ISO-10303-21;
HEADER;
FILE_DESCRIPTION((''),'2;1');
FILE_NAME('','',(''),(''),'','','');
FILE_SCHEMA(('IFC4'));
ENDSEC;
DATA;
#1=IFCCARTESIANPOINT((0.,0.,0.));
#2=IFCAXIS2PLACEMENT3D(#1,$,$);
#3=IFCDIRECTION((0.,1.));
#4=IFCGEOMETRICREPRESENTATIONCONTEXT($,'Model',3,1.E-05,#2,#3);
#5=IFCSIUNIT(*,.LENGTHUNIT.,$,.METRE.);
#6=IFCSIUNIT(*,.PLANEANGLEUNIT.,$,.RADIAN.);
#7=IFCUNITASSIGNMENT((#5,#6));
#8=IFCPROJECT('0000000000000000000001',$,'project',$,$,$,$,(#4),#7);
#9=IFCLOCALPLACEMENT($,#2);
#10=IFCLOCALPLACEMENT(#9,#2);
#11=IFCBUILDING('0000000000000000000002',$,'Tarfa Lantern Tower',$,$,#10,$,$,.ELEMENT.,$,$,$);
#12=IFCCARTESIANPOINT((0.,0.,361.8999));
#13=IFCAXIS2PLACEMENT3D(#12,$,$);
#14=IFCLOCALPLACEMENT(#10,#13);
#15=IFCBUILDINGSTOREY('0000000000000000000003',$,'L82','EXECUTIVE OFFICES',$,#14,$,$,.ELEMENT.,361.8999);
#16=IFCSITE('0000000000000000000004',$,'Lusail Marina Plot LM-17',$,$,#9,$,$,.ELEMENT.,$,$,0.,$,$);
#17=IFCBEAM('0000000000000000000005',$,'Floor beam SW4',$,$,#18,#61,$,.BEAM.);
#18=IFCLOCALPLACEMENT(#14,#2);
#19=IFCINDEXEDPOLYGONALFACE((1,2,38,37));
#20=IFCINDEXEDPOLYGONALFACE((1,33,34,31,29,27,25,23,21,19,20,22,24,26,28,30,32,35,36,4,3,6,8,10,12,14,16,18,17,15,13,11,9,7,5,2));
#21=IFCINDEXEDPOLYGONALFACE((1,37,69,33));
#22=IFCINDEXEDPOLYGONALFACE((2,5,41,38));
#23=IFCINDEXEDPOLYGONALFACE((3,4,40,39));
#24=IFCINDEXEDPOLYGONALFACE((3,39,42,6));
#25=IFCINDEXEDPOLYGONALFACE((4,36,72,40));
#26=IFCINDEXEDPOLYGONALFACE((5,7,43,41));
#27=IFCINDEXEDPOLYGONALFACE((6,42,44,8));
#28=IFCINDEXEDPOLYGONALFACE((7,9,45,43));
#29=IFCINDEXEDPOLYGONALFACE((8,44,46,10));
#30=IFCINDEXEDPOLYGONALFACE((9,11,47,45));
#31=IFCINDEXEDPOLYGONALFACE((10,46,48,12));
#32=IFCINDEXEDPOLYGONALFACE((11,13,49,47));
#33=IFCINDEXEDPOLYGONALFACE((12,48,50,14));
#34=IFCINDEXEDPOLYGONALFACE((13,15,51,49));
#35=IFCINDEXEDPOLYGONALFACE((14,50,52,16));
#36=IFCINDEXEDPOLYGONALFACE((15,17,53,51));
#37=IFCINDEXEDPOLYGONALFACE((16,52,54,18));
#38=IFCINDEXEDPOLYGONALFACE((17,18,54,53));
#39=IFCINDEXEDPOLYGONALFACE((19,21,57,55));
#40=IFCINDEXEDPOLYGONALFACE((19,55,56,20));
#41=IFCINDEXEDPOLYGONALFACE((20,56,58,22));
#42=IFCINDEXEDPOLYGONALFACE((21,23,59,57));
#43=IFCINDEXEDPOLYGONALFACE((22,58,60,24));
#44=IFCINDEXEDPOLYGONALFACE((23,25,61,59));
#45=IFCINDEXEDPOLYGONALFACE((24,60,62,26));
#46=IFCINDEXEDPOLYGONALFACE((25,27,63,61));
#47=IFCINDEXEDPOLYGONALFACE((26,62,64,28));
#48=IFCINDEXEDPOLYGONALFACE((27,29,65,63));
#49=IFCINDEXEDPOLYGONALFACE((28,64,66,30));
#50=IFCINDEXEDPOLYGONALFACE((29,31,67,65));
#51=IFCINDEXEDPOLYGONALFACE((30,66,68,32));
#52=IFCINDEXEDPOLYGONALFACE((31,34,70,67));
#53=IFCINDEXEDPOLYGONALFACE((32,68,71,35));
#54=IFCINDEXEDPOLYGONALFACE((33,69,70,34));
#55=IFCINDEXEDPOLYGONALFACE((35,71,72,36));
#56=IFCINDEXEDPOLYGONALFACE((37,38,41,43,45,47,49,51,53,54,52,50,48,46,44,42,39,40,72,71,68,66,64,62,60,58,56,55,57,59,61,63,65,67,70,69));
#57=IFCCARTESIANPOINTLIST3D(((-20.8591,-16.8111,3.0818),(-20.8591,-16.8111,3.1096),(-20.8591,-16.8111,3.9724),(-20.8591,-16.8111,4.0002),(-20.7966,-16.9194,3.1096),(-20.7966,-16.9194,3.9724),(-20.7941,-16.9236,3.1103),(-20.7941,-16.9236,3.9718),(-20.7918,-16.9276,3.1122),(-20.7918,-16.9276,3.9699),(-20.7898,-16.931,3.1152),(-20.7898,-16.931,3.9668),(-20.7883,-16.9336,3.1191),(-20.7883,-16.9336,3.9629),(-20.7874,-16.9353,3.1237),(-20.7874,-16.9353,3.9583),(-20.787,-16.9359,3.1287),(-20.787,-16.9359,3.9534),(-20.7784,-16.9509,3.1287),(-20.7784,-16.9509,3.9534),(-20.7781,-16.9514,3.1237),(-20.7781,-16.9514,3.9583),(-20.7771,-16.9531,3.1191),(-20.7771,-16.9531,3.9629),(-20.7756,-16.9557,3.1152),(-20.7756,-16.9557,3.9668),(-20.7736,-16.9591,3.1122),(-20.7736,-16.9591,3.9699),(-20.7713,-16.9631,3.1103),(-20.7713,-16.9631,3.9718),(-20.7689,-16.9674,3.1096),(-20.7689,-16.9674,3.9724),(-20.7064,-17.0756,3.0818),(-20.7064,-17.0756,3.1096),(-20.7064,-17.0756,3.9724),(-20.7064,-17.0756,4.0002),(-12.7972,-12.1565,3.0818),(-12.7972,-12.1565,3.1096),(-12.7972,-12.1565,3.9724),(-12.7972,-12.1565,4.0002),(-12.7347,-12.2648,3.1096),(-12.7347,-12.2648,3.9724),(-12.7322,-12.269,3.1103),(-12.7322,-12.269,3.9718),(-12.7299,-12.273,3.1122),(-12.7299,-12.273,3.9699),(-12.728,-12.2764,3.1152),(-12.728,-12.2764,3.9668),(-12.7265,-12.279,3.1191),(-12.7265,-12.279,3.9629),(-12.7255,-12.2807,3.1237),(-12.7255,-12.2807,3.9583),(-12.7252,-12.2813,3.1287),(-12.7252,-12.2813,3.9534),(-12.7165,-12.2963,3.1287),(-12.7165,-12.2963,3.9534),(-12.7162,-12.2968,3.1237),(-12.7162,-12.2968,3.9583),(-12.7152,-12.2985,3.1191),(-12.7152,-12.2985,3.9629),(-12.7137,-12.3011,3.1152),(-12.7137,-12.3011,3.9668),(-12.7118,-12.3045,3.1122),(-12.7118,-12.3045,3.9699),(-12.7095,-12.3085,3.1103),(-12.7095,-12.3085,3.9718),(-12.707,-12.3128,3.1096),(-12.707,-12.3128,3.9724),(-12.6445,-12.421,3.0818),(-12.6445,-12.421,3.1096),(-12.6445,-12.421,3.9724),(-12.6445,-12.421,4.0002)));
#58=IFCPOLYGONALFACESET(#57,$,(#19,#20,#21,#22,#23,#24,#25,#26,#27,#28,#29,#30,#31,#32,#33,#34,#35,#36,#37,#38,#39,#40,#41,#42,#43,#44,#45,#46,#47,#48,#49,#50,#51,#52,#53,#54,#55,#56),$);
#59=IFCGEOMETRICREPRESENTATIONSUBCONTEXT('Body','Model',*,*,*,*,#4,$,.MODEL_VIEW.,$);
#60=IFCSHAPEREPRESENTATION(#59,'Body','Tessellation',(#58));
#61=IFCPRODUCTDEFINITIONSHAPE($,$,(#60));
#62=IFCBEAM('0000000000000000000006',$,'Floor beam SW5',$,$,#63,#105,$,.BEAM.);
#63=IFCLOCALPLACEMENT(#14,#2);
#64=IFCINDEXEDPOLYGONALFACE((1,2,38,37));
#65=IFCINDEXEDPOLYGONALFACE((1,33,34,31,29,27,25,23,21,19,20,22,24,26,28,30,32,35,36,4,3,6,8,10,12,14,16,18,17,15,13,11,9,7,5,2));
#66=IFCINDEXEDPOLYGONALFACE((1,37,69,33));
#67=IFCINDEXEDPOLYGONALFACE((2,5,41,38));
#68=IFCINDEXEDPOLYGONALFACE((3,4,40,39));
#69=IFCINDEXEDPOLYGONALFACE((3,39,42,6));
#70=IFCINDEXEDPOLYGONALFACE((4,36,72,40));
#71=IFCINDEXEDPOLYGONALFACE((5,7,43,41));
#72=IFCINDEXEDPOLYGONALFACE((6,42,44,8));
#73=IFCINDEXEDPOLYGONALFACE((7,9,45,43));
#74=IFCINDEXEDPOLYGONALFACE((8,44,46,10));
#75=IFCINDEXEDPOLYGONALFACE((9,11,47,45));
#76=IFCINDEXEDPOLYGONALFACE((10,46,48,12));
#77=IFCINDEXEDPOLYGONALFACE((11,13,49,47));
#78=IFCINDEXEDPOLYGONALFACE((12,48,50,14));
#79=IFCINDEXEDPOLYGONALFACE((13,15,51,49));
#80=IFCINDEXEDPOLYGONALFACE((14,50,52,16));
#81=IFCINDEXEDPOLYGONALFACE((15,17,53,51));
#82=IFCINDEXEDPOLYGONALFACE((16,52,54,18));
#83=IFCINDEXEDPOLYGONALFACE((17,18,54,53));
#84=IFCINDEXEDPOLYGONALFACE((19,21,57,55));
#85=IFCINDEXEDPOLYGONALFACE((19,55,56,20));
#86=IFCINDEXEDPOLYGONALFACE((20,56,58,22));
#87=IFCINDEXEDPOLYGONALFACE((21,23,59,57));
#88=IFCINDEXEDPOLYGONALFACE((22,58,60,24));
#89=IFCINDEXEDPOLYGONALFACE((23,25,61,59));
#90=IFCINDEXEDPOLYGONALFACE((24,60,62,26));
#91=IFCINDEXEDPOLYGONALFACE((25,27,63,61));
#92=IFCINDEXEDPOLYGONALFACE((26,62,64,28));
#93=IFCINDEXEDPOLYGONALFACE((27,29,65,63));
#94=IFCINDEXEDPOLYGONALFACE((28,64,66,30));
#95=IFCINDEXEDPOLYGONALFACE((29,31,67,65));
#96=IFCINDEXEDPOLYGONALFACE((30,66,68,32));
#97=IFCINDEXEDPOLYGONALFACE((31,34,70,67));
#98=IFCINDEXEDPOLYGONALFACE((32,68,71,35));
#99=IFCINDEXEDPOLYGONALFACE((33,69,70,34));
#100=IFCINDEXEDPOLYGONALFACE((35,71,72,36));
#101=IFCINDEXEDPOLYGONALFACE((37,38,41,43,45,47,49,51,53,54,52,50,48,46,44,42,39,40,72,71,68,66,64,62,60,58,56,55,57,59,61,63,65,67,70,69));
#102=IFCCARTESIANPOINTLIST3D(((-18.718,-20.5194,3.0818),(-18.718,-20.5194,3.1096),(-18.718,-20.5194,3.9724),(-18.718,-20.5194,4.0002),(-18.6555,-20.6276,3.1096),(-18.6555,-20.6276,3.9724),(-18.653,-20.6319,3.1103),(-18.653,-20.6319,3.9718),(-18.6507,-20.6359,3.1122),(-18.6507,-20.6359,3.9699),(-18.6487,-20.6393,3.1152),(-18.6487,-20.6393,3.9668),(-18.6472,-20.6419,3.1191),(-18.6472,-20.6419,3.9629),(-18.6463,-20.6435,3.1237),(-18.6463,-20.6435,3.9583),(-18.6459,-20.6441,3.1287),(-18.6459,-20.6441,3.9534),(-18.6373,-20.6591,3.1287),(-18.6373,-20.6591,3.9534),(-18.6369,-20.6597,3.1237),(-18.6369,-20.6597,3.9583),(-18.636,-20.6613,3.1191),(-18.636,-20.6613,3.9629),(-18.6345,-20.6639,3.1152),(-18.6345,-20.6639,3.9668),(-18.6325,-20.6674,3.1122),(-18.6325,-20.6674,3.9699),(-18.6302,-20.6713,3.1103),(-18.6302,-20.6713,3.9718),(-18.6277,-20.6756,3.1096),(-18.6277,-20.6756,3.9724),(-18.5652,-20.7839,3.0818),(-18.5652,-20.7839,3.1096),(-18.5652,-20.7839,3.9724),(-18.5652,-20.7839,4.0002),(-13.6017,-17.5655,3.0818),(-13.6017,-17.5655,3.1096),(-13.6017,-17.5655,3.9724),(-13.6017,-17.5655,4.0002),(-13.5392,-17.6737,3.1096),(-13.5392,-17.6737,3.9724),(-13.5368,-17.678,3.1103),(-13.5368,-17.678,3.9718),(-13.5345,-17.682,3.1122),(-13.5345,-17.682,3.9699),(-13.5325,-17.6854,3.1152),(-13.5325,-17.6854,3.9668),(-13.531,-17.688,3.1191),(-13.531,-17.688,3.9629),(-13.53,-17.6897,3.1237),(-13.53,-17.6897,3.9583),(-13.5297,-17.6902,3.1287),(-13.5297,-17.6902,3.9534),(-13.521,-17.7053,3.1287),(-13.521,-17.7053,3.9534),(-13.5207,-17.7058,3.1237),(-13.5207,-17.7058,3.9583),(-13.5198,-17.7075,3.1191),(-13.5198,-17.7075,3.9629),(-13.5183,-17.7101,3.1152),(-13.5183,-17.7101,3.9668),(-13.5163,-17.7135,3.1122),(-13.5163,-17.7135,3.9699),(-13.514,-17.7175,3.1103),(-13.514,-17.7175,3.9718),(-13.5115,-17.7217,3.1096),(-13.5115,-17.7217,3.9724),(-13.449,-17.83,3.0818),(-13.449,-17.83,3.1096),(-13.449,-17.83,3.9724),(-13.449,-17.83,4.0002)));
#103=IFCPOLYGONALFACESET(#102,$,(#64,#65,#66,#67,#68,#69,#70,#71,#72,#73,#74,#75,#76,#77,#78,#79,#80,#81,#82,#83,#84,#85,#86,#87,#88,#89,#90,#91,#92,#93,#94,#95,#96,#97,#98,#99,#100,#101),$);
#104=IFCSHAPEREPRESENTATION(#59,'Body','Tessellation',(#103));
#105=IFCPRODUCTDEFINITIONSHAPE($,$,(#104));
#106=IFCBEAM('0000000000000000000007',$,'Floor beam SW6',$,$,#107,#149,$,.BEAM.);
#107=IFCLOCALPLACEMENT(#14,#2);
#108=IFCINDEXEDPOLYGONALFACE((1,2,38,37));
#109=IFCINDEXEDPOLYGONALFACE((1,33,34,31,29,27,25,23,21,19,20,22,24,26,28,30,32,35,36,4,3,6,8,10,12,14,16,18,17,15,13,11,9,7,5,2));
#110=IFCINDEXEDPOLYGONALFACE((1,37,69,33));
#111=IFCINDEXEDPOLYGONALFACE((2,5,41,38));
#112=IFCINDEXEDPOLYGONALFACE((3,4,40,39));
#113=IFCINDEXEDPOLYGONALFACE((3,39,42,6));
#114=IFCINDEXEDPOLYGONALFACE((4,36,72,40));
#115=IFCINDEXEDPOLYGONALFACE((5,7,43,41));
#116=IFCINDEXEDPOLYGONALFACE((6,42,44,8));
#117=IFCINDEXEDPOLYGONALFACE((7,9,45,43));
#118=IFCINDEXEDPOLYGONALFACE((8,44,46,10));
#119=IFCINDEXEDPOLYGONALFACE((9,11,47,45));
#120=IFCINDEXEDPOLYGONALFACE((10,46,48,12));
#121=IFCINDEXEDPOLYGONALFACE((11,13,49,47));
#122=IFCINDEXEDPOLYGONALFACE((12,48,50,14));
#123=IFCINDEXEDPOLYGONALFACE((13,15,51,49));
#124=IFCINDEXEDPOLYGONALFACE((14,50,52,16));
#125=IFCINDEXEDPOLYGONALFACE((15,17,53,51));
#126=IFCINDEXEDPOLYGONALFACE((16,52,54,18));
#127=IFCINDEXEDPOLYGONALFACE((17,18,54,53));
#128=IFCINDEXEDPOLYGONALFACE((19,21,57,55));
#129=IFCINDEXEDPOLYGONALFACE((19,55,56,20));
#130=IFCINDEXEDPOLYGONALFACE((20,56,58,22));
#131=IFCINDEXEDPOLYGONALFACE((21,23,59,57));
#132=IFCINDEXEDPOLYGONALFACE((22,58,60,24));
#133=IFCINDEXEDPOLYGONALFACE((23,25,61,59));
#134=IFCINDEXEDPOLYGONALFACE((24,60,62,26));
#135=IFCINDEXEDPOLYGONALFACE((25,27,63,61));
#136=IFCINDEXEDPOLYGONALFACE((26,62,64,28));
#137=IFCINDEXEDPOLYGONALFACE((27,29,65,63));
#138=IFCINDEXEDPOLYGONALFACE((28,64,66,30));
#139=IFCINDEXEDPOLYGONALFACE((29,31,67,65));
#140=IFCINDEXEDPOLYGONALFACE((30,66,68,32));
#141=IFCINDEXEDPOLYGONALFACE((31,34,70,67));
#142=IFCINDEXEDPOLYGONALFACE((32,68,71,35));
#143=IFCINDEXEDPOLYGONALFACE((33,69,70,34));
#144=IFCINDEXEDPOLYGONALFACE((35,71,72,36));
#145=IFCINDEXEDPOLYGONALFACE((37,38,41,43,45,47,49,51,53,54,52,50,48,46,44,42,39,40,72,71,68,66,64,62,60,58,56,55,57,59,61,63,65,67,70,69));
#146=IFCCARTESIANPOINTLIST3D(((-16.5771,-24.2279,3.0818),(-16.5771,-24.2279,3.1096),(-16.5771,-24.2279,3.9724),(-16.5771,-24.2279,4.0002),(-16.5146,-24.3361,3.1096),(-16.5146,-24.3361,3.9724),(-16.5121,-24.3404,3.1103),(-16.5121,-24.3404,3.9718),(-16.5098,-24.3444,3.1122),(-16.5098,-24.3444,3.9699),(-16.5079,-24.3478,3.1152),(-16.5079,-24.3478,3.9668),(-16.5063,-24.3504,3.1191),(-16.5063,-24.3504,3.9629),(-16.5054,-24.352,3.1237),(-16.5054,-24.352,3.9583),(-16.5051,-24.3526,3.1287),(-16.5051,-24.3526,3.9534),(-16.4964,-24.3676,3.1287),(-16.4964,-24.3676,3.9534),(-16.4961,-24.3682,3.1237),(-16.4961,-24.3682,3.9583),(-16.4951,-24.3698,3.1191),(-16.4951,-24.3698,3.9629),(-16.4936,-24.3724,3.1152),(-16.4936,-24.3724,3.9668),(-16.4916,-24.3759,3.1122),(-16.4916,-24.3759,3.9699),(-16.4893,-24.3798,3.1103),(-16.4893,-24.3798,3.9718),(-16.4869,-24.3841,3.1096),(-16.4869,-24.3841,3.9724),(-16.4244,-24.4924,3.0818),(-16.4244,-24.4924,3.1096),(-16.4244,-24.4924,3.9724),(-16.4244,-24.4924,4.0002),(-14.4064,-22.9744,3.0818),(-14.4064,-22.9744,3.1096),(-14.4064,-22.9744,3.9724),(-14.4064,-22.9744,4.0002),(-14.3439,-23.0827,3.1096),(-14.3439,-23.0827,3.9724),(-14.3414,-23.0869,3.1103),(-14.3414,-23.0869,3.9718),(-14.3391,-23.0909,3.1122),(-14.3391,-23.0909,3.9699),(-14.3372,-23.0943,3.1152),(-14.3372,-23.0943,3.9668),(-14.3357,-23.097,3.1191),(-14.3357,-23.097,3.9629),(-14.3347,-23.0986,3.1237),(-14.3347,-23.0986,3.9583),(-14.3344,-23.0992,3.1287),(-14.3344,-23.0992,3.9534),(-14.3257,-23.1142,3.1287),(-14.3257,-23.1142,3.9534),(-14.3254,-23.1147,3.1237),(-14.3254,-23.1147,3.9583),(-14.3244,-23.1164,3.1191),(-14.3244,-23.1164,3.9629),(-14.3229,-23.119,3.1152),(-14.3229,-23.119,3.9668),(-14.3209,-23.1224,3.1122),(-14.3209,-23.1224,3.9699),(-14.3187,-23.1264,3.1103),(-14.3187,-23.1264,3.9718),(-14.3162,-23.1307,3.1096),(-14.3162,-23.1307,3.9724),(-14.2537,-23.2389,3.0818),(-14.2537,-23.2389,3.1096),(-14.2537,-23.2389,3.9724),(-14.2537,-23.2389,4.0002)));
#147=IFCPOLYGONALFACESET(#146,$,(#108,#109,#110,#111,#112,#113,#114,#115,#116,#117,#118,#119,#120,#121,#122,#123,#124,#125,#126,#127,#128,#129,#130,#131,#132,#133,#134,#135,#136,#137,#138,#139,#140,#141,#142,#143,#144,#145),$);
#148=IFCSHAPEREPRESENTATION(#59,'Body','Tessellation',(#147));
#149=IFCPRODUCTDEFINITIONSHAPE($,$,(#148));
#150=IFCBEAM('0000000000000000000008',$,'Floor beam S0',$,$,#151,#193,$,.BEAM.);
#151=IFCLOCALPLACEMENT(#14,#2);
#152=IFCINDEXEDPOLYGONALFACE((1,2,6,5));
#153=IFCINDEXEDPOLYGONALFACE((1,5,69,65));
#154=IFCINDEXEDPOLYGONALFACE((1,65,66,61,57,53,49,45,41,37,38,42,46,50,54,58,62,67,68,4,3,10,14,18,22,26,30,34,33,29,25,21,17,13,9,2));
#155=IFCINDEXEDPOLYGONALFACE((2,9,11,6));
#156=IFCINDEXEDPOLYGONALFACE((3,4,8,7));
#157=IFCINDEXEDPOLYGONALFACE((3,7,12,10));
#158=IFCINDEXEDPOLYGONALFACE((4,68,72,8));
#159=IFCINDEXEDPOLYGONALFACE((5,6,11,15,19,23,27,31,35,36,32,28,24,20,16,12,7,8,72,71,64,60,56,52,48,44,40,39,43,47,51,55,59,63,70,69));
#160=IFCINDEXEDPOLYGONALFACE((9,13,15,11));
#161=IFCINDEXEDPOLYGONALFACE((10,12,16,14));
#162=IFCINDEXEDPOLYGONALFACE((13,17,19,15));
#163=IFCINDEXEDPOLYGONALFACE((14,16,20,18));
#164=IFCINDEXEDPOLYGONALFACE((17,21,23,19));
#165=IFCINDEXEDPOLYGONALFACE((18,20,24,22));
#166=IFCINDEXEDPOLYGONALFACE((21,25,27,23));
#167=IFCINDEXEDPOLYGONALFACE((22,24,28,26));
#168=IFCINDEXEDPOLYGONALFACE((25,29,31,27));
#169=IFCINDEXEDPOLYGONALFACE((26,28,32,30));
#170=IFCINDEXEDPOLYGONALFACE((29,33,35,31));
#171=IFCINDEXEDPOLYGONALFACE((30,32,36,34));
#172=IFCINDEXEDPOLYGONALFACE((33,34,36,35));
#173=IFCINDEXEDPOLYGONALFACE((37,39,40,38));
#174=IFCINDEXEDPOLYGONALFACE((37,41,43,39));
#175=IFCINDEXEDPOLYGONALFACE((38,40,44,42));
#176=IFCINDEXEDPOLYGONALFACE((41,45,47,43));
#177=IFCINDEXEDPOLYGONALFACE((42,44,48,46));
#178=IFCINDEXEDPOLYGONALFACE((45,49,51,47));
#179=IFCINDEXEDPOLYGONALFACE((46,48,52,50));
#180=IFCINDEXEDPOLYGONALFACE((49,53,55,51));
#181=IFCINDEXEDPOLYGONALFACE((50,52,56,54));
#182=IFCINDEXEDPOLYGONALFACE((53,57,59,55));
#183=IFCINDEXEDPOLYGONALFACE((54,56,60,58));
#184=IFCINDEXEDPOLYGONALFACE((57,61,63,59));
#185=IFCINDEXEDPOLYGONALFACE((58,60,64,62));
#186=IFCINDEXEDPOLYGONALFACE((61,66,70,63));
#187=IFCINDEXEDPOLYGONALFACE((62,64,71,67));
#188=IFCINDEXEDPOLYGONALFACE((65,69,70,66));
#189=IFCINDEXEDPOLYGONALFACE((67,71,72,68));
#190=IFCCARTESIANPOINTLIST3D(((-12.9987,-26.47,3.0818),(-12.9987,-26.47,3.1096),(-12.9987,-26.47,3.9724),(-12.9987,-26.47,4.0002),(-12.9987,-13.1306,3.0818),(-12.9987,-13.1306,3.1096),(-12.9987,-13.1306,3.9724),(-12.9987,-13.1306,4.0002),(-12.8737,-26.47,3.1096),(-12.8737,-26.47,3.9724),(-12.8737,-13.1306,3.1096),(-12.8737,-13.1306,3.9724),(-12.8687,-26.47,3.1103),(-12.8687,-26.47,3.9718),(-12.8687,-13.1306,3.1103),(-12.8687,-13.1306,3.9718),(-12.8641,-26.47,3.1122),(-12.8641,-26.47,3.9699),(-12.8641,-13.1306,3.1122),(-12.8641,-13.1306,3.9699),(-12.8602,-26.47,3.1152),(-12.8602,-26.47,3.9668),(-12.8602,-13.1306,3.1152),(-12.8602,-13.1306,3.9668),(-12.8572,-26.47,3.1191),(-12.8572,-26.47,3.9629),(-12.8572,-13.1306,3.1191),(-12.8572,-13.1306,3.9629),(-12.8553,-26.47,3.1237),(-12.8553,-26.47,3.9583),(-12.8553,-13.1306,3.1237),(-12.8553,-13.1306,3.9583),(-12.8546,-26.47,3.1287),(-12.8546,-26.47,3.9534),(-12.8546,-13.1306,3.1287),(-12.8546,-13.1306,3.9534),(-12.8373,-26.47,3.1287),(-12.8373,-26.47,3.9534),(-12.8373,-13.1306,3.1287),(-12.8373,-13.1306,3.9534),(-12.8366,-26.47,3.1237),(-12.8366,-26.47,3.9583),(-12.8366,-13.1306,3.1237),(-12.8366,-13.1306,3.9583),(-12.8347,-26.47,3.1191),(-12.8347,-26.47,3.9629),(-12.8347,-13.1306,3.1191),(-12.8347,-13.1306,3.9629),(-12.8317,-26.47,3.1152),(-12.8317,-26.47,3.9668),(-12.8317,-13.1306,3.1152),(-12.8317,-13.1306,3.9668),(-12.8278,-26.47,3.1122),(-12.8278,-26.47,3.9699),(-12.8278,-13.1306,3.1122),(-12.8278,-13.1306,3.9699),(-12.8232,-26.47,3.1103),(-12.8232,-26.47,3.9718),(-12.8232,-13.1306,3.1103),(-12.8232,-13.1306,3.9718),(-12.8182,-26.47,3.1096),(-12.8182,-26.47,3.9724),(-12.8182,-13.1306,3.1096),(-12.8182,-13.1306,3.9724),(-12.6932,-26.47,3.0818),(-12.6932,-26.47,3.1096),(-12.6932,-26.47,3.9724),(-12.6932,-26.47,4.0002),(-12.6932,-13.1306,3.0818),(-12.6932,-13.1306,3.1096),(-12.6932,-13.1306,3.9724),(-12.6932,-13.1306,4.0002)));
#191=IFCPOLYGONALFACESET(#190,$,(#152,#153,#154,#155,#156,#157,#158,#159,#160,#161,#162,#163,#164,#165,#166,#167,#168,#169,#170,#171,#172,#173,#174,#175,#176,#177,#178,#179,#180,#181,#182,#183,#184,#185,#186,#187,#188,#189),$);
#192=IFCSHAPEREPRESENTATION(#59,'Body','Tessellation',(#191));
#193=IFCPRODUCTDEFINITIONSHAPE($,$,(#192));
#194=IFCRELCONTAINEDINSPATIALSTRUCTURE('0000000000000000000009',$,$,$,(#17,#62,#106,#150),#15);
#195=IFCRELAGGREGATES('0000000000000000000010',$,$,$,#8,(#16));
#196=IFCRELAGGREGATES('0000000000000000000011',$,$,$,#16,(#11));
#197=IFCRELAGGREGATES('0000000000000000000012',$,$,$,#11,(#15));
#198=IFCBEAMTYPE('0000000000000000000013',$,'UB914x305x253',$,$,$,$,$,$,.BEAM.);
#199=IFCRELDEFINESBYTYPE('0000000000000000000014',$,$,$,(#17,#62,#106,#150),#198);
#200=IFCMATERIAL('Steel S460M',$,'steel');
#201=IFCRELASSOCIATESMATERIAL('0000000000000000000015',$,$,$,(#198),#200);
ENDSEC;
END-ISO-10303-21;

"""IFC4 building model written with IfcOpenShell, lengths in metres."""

from ifc_helpers import new_model, si_unit, direction, frame, origin, origin_2d, place, context, subcontext, project, spatial, i_section, extrude, material, material_profile, profile_set, type_object, element, save


model = new_model("IFC4")

# Units and contexts
model_context = context("Model", 3, precision=1e-05, world=origin(), true_north=direction((0.0, 1.0)))
body_context = subcontext(model_context, "Body", "Model", "MODEL_VIEW")
ifc_project = project(units=[si_unit("LENGTHUNIT", "METRE"), si_unit("PLANEANGLEUNIT", "RADIAN")], contexts=[model_context])

# Site, building, storey
site_placement = place(None, origin())
site = spatial("IfcSite", under=ifc_project, at=site_placement, Name="Lusail Marina Plot LM-17", CompositionType="ELEMENT", RefElevation=0.0)
building_placement = place(site_placement, origin())
building = spatial("IfcBuilding", under=site, at=building_placement, Name="Tarfa Lantern Tower", CompositionType="ELEMENT")
storey_placement = place(building_placement, frame((0.0, 0.0, 361.8999)))
storey = spatial("IfcBuildingStorey", under=building, at=storey_placement, Name="L82", Description="EXECUTIVE OFFICES", CompositionType="ELEMENT", Elevation=361.8999)

# Beams
ifc_material_1 = material(Name="Steel S460M", Category="steel")
ifc_material_profile_1 = material_profile(ifc_material_1, i_section(OverallWidth=0.3054, OverallDepth=0.9185, WebThickness=0.0173, FlangeThickness=0.0278, FilletRadius=0.019, at=origin_2d()), Name="UB914x305x253")
ifc_profile_set_1 = profile_set([ifc_material_profile_1], Name="Steel S460M")
beam_type_1 = type_object("IfcBeamType", Name="UB914x305x253", PredefinedType="BEAM", material=ifc_profile_set_1)
beam_1_placement = place(storey_placement, frame((-20.7827, -16.9434, 3.541), z_axis=(0.866022, 0.500006, 0.0), x_axis=(-0.500006, 0.866022, 0.0)))
element("IfcBeam", 1, at=beam_1_placement, inside=storey, type_object=beam_type_1, Name="Floor beam SW4", PredefinedType="BEAM", context=body_context, shape_type="SweptSolid", body=[
    extrude(i_section(OverallWidth=0.3054, OverallDepth=0.9185, WebThickness=0.0173, FlangeThickness=0.0278, FilletRadius=0.019, at=origin_2d()), origin(), (0.0, 0.0, 1.0), 9.3091),
])
beam_2_placement = place(storey_placement, frame((-18.6416, -20.6516, 3.541), z_axis=(0.866025, 0.500001, 0.0), x_axis=(-0.500001, 0.866025, 0.0)))
element("IfcBeam", 2, at=beam_2_placement, inside=storey, type_object=beam_type_1, Name="Floor beam SW5", PredefinedType="BEAM", context=body_context, shape_type="SweptSolid", body=[
    extrude(i_section(OverallWidth=0.3054, OverallDepth=0.9185, WebThickness=0.0173, FlangeThickness=0.0278, FilletRadius=0.019, at=origin_2d()), origin(), (0.0, 0.0, 1.0), 5.9077),
])
beam_3_placement = place(storey_placement, frame((-16.5007, -24.3601, 3.541), z_axis=(0.865993, 0.500057, 0.0), x_axis=(-0.500057, 0.865993, 0.0)))
element("IfcBeam", 3, at=beam_3_placement, inside=storey, type_object=beam_type_1, Name="Floor beam SW6", PredefinedType="BEAM", context=body_context, shape_type="SweptSolid", body=[
    extrude(i_section(OverallWidth=0.3054, OverallDepth=0.9185, WebThickness=0.0173, FlangeThickness=0.0278, FilletRadius=0.019, at=origin_2d()), origin(), (0.0, 0.0, 1.0), 2.5066),
])
beam_4_placement = place(storey_placement, frame((-12.8459, -26.47, 3.541), z_axis=(0.0, 1.0, 0.0), x_axis=(-1.0, 0.0, 0.0)))
element("IfcBeam", 4, at=beam_4_placement, inside=storey, type_object=beam_type_1, Name="Floor beam S0", PredefinedType="BEAM", context=body_context, shape_type="SweptSolid", body=[
    extrude(i_section(OverallWidth=0.3054, OverallDepth=0.9185, WebThickness=0.0173, FlangeThickness=0.0278, FilletRadius=0.019, at=origin_2d()), origin(), (0.0, 0.0, 1.0), 13.3394),
])

save(model, "model.ifc")
